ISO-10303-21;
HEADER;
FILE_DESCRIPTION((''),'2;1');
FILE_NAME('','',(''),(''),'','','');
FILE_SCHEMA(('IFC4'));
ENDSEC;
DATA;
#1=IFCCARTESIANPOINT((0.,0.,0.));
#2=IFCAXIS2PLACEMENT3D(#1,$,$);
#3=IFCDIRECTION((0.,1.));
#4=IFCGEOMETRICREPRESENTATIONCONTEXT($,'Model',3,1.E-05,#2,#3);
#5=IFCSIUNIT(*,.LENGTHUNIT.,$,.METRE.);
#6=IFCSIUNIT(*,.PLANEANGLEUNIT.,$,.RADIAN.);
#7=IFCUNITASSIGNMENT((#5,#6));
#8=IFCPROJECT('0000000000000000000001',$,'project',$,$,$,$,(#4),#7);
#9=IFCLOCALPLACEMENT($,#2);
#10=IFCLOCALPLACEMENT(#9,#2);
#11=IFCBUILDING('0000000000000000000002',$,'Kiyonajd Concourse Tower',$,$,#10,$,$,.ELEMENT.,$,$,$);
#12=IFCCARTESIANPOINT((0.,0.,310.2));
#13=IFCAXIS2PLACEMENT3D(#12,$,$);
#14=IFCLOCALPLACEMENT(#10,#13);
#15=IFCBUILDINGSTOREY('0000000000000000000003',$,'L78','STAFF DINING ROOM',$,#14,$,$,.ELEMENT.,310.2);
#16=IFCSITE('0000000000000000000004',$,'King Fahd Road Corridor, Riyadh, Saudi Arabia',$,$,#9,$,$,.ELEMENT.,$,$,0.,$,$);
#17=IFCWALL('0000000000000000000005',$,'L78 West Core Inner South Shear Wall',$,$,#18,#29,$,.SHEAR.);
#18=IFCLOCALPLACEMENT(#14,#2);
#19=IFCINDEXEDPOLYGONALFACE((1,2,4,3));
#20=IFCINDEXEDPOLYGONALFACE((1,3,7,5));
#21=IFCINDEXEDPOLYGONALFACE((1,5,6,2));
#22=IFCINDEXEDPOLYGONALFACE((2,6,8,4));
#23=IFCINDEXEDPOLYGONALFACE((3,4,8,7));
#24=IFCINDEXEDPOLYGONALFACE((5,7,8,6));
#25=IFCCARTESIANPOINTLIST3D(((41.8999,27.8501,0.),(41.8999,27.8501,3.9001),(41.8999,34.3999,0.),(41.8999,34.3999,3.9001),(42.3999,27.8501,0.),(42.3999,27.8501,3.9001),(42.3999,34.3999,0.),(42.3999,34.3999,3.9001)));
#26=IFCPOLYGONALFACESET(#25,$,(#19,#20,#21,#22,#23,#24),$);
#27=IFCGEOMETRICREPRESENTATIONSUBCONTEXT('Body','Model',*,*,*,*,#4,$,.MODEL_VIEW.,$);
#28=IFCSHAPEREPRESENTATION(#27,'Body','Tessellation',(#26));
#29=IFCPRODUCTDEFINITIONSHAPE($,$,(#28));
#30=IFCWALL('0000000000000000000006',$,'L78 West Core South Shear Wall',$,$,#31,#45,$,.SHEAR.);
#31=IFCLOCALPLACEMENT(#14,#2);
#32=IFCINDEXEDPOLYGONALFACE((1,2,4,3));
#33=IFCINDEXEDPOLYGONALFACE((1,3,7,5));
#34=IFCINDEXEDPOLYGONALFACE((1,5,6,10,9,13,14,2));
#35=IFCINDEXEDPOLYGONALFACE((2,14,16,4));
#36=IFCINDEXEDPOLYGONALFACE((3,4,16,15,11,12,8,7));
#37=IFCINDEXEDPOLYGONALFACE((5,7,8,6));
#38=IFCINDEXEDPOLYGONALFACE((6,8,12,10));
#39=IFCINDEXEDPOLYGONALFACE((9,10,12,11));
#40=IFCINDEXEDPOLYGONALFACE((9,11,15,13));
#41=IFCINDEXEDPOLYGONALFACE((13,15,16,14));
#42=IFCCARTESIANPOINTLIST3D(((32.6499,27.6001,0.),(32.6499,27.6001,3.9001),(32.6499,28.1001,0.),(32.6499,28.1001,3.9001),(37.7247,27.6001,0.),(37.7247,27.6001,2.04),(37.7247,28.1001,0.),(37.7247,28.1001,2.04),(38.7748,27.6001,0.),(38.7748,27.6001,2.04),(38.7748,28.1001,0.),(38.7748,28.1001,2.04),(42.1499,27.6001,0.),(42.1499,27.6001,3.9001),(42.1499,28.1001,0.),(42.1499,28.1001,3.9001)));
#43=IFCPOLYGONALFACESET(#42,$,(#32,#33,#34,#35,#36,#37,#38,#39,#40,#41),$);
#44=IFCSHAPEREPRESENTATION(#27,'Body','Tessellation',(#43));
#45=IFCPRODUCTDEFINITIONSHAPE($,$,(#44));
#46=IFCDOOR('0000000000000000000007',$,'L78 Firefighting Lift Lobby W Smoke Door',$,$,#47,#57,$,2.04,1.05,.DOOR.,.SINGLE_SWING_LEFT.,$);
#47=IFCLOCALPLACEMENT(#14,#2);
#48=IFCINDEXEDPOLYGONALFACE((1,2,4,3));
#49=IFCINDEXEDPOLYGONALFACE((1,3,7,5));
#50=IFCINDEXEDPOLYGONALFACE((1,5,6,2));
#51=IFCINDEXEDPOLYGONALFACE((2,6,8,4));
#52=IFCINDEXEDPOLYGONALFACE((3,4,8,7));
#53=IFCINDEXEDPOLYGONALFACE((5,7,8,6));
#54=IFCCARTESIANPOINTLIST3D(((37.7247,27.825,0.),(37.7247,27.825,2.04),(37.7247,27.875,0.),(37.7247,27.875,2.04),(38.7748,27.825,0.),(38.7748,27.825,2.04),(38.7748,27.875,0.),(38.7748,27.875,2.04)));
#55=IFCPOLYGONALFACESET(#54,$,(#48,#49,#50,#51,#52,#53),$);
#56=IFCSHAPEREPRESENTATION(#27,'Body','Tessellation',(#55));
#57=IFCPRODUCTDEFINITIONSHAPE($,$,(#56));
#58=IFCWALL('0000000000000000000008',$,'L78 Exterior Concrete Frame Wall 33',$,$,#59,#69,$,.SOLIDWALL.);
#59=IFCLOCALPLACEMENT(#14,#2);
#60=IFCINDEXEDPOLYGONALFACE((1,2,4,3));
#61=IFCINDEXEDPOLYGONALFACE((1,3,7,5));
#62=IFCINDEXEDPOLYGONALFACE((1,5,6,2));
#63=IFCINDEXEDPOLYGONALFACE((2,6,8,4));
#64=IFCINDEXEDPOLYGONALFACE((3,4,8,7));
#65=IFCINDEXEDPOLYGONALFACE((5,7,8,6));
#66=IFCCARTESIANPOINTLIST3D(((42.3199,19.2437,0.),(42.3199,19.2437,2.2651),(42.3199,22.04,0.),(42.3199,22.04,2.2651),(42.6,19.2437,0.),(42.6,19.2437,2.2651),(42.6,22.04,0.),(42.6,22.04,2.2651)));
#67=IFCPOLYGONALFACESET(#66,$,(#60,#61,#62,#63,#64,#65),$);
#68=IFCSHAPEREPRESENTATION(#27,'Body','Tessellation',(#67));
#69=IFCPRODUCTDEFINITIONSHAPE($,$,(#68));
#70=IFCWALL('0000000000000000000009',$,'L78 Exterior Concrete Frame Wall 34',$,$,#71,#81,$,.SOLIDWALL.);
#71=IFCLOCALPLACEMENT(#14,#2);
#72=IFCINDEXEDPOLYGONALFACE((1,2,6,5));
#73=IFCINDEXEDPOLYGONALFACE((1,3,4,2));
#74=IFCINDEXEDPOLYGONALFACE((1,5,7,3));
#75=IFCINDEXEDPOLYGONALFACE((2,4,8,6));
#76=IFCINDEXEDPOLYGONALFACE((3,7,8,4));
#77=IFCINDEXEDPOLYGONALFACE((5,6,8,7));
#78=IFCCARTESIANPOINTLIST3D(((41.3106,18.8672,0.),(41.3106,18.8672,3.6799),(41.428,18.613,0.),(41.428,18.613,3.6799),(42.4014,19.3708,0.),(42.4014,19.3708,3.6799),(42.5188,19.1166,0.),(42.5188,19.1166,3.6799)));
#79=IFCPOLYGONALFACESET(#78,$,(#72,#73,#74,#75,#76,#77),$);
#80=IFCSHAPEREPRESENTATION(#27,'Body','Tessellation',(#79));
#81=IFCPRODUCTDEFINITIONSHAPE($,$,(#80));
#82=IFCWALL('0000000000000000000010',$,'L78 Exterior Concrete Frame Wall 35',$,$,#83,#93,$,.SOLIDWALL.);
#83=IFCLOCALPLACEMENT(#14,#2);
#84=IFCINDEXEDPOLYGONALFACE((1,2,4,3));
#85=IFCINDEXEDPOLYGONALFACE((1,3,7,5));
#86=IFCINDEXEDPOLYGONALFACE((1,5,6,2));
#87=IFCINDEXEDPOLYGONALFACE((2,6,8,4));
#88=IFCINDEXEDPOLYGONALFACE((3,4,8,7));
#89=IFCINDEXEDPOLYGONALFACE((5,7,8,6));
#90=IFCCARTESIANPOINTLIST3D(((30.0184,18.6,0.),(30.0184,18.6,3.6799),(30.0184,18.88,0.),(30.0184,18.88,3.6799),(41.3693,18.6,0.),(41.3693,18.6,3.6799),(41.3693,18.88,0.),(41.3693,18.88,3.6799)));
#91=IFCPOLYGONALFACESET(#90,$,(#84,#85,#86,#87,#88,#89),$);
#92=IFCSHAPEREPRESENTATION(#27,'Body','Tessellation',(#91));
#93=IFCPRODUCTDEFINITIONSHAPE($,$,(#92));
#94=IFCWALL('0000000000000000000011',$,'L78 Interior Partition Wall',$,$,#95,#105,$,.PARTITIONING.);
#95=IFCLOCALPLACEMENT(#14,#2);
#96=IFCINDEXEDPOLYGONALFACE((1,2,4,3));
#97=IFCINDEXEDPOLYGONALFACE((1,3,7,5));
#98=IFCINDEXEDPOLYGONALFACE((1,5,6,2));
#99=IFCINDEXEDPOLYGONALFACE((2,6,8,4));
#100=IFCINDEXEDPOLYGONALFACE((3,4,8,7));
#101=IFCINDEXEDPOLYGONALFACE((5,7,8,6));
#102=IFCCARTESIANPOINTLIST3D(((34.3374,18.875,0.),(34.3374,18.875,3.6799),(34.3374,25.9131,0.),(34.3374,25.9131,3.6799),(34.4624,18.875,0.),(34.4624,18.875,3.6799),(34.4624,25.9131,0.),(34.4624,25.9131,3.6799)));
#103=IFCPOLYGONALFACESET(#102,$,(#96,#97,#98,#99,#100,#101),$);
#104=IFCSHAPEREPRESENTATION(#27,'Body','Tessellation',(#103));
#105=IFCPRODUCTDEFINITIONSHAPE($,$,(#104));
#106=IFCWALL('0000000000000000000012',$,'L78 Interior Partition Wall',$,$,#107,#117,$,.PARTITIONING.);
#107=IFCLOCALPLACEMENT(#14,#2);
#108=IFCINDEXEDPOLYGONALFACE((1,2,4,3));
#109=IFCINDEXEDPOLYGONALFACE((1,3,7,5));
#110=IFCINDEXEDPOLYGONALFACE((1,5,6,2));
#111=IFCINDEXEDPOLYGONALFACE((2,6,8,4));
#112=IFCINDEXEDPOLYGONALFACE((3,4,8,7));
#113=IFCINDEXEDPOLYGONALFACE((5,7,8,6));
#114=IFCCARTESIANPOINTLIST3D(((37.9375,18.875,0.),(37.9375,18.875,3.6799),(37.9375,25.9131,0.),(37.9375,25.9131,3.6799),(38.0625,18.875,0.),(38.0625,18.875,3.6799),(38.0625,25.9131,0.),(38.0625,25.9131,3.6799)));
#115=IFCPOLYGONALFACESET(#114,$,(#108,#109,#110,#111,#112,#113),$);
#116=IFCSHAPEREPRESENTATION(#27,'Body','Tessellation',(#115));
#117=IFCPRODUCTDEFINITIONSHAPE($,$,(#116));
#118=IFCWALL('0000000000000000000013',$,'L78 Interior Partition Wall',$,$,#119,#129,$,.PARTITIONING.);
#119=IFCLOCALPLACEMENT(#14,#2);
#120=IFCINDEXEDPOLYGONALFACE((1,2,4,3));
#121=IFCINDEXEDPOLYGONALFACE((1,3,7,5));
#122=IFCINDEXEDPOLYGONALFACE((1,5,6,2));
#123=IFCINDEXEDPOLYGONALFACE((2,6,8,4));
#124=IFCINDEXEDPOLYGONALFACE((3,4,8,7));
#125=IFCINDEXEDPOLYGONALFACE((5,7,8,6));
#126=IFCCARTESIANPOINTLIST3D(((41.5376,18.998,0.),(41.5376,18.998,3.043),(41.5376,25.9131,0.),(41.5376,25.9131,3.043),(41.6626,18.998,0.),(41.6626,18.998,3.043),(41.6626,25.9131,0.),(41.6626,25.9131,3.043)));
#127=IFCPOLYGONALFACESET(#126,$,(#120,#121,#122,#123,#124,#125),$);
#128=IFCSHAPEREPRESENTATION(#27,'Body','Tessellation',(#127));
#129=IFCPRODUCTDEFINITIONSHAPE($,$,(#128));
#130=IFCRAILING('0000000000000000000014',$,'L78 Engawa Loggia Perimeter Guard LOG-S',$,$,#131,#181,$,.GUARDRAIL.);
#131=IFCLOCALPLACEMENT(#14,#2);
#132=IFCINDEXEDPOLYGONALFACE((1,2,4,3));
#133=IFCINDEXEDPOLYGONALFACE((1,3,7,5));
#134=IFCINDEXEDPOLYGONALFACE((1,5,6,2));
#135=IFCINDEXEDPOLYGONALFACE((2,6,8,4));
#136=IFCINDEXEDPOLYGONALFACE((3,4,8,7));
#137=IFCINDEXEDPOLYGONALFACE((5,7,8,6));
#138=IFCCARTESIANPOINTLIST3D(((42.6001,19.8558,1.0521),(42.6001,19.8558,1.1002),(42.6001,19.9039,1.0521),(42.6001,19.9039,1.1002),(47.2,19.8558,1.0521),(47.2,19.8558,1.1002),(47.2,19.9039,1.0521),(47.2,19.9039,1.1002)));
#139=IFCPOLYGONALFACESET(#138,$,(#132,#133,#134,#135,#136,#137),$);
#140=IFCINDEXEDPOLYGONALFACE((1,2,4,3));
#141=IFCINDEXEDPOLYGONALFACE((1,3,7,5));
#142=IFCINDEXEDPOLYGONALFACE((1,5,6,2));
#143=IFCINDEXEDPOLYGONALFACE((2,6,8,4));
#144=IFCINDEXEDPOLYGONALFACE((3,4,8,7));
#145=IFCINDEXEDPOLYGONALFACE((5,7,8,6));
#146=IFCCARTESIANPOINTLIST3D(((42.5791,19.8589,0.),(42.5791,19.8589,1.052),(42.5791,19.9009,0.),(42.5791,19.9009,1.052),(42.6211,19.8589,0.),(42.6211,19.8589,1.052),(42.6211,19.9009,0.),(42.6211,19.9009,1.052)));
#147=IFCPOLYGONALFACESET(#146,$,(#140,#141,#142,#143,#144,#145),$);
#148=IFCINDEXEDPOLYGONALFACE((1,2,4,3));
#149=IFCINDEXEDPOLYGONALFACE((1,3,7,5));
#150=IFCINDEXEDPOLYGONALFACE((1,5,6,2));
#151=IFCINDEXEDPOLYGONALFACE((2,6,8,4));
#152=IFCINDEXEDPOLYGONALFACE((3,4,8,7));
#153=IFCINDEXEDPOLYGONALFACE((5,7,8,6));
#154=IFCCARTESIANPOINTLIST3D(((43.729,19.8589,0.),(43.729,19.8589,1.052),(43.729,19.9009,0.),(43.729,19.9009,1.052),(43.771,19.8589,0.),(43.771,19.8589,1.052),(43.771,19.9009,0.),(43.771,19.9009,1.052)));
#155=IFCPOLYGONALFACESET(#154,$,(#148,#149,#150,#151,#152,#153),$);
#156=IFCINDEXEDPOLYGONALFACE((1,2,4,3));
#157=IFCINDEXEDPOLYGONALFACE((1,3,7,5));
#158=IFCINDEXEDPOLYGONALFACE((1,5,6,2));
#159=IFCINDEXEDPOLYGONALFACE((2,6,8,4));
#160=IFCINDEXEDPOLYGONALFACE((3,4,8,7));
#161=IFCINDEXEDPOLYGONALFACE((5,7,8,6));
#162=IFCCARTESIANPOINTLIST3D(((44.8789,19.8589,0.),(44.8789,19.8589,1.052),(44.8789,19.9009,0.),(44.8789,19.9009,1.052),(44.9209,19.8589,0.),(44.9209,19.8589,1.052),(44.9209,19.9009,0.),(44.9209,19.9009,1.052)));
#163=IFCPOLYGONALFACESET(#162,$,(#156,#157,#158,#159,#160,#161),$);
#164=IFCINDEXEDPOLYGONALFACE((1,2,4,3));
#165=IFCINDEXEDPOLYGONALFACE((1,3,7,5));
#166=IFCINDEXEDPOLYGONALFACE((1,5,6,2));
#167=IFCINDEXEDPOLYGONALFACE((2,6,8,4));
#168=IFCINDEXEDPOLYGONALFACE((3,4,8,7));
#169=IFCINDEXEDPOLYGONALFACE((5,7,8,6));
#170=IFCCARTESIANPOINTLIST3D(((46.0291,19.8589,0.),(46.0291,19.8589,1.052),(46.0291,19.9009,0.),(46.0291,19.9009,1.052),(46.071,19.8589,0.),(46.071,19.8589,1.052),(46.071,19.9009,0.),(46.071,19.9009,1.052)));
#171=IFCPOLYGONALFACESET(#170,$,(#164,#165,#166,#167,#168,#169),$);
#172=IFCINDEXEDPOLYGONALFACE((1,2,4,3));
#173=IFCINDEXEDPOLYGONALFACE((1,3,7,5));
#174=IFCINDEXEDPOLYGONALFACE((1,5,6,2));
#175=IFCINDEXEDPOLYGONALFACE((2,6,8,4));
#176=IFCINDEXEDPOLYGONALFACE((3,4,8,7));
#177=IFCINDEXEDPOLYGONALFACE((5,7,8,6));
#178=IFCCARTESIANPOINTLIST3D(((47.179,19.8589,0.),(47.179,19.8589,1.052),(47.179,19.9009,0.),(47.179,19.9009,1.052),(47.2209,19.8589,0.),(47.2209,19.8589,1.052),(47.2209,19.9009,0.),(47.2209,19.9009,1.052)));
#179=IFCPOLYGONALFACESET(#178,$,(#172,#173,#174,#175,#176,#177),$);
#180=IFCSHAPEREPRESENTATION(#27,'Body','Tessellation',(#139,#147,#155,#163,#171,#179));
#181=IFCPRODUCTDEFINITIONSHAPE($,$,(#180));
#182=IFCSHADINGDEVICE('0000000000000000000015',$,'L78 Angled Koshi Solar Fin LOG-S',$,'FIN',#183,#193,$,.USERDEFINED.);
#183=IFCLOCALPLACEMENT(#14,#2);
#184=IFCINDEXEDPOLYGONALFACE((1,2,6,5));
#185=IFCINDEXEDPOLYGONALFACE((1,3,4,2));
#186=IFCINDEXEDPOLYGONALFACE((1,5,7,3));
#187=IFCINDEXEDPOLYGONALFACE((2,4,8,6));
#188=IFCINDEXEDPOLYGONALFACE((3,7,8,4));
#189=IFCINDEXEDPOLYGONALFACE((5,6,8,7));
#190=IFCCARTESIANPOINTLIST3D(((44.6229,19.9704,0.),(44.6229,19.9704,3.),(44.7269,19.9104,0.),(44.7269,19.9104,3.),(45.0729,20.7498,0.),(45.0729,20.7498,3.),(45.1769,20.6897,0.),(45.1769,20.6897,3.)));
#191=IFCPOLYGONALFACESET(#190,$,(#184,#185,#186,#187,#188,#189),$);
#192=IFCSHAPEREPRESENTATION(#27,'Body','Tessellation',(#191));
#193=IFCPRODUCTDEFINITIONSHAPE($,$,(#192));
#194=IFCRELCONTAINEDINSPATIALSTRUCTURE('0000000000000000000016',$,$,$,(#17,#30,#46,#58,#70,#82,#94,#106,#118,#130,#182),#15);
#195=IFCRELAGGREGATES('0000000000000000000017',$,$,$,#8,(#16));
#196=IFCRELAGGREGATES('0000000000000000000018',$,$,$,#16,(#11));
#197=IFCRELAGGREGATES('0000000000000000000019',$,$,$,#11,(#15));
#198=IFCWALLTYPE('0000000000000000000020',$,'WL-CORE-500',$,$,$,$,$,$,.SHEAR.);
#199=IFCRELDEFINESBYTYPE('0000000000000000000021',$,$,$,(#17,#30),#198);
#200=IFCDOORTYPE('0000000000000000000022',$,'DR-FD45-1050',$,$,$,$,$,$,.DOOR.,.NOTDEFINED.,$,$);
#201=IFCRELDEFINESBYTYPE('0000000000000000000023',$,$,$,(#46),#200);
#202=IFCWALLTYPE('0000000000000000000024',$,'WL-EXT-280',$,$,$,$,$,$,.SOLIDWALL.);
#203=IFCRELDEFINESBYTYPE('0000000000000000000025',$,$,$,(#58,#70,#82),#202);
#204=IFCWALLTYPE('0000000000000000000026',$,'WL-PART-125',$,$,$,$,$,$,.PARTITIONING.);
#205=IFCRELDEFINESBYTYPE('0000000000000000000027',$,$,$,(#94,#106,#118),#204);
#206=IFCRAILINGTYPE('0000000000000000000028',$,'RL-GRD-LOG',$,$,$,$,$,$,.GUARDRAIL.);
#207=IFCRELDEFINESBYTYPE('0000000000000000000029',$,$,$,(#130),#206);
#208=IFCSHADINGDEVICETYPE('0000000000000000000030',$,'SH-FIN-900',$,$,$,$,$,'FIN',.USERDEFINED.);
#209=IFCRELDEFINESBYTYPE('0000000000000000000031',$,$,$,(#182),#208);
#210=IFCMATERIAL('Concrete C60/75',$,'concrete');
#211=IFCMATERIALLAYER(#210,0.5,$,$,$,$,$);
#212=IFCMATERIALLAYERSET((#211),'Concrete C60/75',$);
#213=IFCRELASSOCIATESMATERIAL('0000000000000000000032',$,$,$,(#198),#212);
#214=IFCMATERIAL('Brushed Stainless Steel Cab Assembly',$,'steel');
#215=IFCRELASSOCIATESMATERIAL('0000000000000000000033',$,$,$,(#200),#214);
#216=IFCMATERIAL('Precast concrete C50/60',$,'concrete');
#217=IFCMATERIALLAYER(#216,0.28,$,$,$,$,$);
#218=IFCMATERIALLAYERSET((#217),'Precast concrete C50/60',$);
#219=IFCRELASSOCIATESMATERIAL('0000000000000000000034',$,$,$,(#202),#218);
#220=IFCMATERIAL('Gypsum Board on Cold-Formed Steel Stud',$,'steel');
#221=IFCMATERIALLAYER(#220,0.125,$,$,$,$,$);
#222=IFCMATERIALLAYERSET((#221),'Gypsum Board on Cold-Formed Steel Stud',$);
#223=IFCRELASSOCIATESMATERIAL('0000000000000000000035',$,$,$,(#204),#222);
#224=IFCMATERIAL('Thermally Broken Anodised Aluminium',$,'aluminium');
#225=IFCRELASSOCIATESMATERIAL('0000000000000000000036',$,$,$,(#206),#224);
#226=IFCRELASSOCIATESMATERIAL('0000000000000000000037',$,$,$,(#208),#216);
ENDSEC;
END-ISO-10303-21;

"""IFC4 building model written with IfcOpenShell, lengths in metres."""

from ifc_helpers import new_model, si_unit, direction, frame, frame_2d, origin, origin_2d, place, context, subcontext, project, spatial, rectangle, extrude, material, layer, layer_set, type_object, element, fill, save


model = new_model("IFC4")

# Units and contexts
model_context = context("Model", 3, precision=1e-05, world=origin(), true_north=direction((0.0, 1.0)))
body_context = subcontext(model_context, "Body", "Model", "MODEL_VIEW")
ifc_project = project(units=[si_unit("LENGTHUNIT", "METRE"), si_unit("PLANEANGLEUNIT", "RADIAN")], contexts=[model_context])

# Site, building, storey
site_placement = place(None, origin())
site = spatial("IfcSite", under=ifc_project, at=site_placement, Name="King Fahd Road Corridor, Riyadh, Saudi Arabia", CompositionType="ELEMENT", RefElevation=0.0)
building_placement = place(site_placement, origin())
building = spatial("IfcBuilding", under=site, at=building_placement, Name="Kiyonajd Concourse Tower", CompositionType="ELEMENT")
storey_placement = place(building_placement, frame((0.0, 0.0, 310.2)))
storey = spatial("IfcBuildingStorey", under=building, at=storey_placement, Name="L78", Description="STAFF DINING ROOM", CompositionType="ELEMENT", Elevation=310.2)

# Shared definitions
ifc_material_1 = material(Name="Concrete C60/75", Category="concrete")

# Shared definitions
ifc_material_2 = material(Name="Thermally Broken Anodised Aluminium", Category="aluminium")

# Wall
ifc_layer_1 = layer(ifc_material_1, 0.5)
ifc_layer_set_1 = layer_set([ifc_layer_1], Name="Concrete C60/75")
wall_type_1 = type_object("IfcWallType", Name="WL-CORE-500", PredefinedType="SHEAR", material=ifc_layer_set_1)
wall_1_placement = place(storey_placement, frame((42.1499, 27.8501, 0.0), z_axis=(0.0, 0.0, 1.0), x_axis=(0.0, 1.0, 0.0)))
element("IfcWall", 1, at=wall_1_placement, inside=storey, type_object=wall_type_1, Name="L78 West Core Inner South Shear Wall", PredefinedType="SHEAR", context=body_context, shape_type="SweptSolid", body=[
    extrude(rectangle(XDim=6.5498, YDim=0.5, at=frame_2d((3.2749, 0.0))), origin(), (0.0, 0.0, 1.0), 3.9001),
])

# Wall, opening, door
wall_2_placement = place(storey_placement, frame((32.6499, 27.8501, 0.0), z_axis=(0.0, 0.0, 1.0), x_axis=(1.0, 0.0, 0.0)))
wall_2 = element("IfcWall", 2, at=wall_2_placement, inside=storey, type_object=wall_type_1, Name="L78 West Core South Shear Wall", PredefinedType="SHEAR", context=body_context, shape_type="SweptSolid", body=[
    extrude(rectangle(XDim=9.5, YDim=0.5, at=frame_2d((4.75, 0.0))), origin(), (0.0, 0.0, 1.0), 3.9001),
])
opening_placement = place(wall_2_placement, frame((5.075, 0.0, 0.0)))
opening = element("IfcOpeningElement", 3, at=opening_placement, cuts=wall_2, PredefinedType="OPENING", context=body_context, shape_type="SweptSolid", body=[
    extrude(rectangle(XDim=1.05, YDim=2.04, at=frame_2d((0.5249, 1.02))), frame((0.0, 0.26, 0.0), z_axis=(0.0, -1.0, 0.0), x_axis=(1.0, 0.0, 0.0)), (0.0, 0.0, 1.0), 0.52),
])
ifc_material_3 = material(Name="Brushed Stainless Steel Cab Assembly", Category="steel")
door_type = type_object("IfcDoorType", Name="DR-FD45-1050", OperationType="NOTDEFINED", PredefinedType="DOOR", material=ifc_material_3)
door_placement = place(opening_placement, origin())
door = element("IfcDoor", 4, at=door_placement, inside=storey, type_object=door_type, Name="L78 Firefighting Lift Lobby W Smoke Door", OperationType="SINGLE_SWING_LEFT", OverallHeight=2.04, OverallWidth=1.05, PredefinedType="DOOR", context=body_context, shape_type="SweptSolid", body=[
    extrude(rectangle(XDim=1.05, YDim=2.04, at=frame_2d((0.5249, 1.02))), frame((0.0, 0.0249, 0.0), z_axis=(0.0, -1.0, 0.0), x_axis=(1.0, 0.0, 0.0)), (0.0, 0.0, 1.0), 0.05),
])
fill(opening, door)

# Walls
ifc_material_4 = material(Name="Precast concrete C50/60", Category="concrete")
ifc_layer_2 = layer(ifc_material_4, 0.28)
ifc_layer_set_2 = layer_set([ifc_layer_2], Name="Precast concrete C50/60")
wall_type_2 = type_object("IfcWallType", Name="WL-EXT-280", PredefinedType="SOLIDWALL", material=ifc_layer_set_2)
wall_3_placement = place(storey_placement, frame((42.46, 22.04, 0.0), z_axis=(0.0, 0.0, 1.0), x_axis=(0.0, -1.0, 0.0)))
element("IfcWall", 5, at=wall_3_placement, inside=storey, type_object=wall_type_2, Name="L78 Exterior Concrete Frame Wall 33", PredefinedType="SOLIDWALL", context=body_context, shape_type="SweptSolid", body=[
    extrude(rectangle(XDim=2.7964, YDim=0.28, at=frame_2d((1.3982, 0.0))), origin(), (0.0, 0.0, 1.0), 2.2651),
])
wall_4_placement = place(storey_placement, frame((42.46, 19.2437, 0.0), z_axis=(0.0, 0.0, 1.0), x_axis=(-0.907894, -0.4192, 0.0)))
element("IfcWall", 6, at=wall_4_placement, inside=storey, type_object=wall_type_2, Name="L78 Exterior Concrete Frame Wall 34", PredefinedType="SOLIDWALL", context=body_context, shape_type="SweptSolid", body=[
    extrude(rectangle(XDim=1.2014, YDim=0.28, at=frame_2d((0.6006, 0.0))), origin(), (0.0, 0.0, 1.0), 3.6799),
])
wall_5_placement = place(storey_placement, frame((41.3691, 18.74, 0.0), z_axis=(0.0, 0.0, 1.0), x_axis=(-1.0, 0.0, 0.0)))
element("IfcWall", 7, at=wall_5_placement, inside=storey, type_object=wall_type_2, Name="L78 Exterior Concrete Frame Wall 35", PredefinedType="SOLIDWALL", context=body_context, shape_type="SweptSolid", body=[
    extrude(rectangle(XDim=11.3508, YDim=0.28, at=frame_2d((5.6753, 0.0))), origin(), (0.0, 0.0, 1.0), 3.6799),
])
ifc_material_5 = material(Name="Gypsum Board on Cold-Formed Steel Stud", Category="steel")
ifc_layer_3 = layer(ifc_material_5, 0.125)
ifc_layer_set_3 = layer_set([ifc_layer_3], Name="Gypsum Board on Cold-Formed Steel Stud")
wall_type_3 = type_object("IfcWallType", Name="WL-PART-125", PredefinedType="PARTITIONING", material=ifc_layer_set_3)
for number, where, z_axis, x_axis, name in (
    (8, (34.3999, 18.875, 0.0), (0.0, 0.0, 1.0), (0.0, 1.0, 0.0), "L78 Interior Partition Wall"),
    (9, (38.0, 18.875, 0.0), (0.0, 0.0, 1.0), (0.0, 1.0, 0.0), "L78 Interior Partition Wall"),
):
    element("IfcWall", number, at=place(storey_placement, frame(where, z_axis=z_axis, x_axis=x_axis)), inside=storey, type_object=wall_type_3, Name=name, PredefinedType="PARTITIONING", context=body_context, shape_type="SweptSolid", body=[
        extrude(rectangle(XDim=7.0381, YDim=0.125, at=frame_2d((3.519, 0.0))), origin(), (0.0, 0.0, 1.0), 3.6799),
    ])
wall_6_placement = place(storey_placement, frame((41.6001, 18.998, 0.0), z_axis=(0.0, 0.0, 1.0), x_axis=(0.0, 1.0, 0.0)))
element("IfcWall", 10, at=wall_6_placement, inside=storey, type_object=wall_type_3, Name="L78 Interior Partition Wall", PredefinedType="PARTITIONING", context=body_context, shape_type="SweptSolid", body=[
    extrude(rectangle(XDim=6.915, YDim=0.125, at=frame_2d((3.4575, 0.0))), origin(), (0.0, 0.0, 1.0), 3.043),
])

# Railing
railing_type = type_object("IfcRailingType", Name="RL-GRD-LOG", PredefinedType="GUARDRAIL", material=ifc_material_2)
railing_placement = place(storey_placement, frame((42.6001, 19.8799, 0.0)))
element("IfcRailing", 11, at=railing_placement, inside=storey, type_object=railing_type, Name="L78 Engawa Loggia Perimeter Guard LOG-S", PredefinedType="GUARDRAIL", context=body_context, shape_type="SweptSolid", body=[
    extrude(rectangle(XDim=0.0481, YDim=0.0481, at=origin_2d()), frame((0.0, 0.0, 1.0762), z_axis=(1.0, 0.0, 0.0), x_axis=(0.0, 1.0, 0.0)), (0.0, 0.0, 1.0), 4.5999),
    extrude(rectangle(XDim=0.042, YDim=0.042, at=origin_2d()), origin(), (0.0, 0.0, 1.0), 1.052),
    extrude(rectangle(XDim=0.042, YDim=0.042, at=origin_2d()), frame((1.1499, 0.0, 0.0)), (0.0, 0.0, 1.0), 1.052),
    extrude(rectangle(XDim=0.042, YDim=0.042, at=origin_2d()), frame((2.2998, 0.0, 0.0)), (0.0, 0.0, 1.0), 1.052),
    extrude(rectangle(XDim=0.042, YDim=0.042, at=origin_2d()), frame((3.45, 0.0, 0.0)), (0.0, 0.0, 1.0), 1.052),
    extrude(rectangle(XDim=0.042, YDim=0.042, at=origin_2d()), frame((4.5999, 0.0, 0.0)), (0.0, 0.0, 1.0), 1.052),
])

# Shading device
shading_device_type_1 = type_object("IfcShadingDeviceType", Name="SH-FIN-900", ElementType="FIN", PredefinedType="USERDEFINED", material=ifc_material_4)
shading_device_1_placement = place(storey_placement, frame((44.8999, 20.3301, 0.0), z_axis=(0.0, 0.0, 1.0), x_axis=(0.5, 0.866025, 0.0)))
element("IfcShadingDevice", 12, at=shading_device_1_placement, inside=storey, type_object=shading_device_type_1, Name="L78 Angled Koshi Solar Fin LOG-S", ObjectType="FIN", PredefinedType="USERDEFINED", context=body_context, shape_type="SweptSolid", body=[
    extrude(rectangle(XDim=0.8999, YDim=0.1201, at=origin_2d()), origin(), (0.0, 0.0, 1.0), 3.0),
])

save(model, "model.ifc")
